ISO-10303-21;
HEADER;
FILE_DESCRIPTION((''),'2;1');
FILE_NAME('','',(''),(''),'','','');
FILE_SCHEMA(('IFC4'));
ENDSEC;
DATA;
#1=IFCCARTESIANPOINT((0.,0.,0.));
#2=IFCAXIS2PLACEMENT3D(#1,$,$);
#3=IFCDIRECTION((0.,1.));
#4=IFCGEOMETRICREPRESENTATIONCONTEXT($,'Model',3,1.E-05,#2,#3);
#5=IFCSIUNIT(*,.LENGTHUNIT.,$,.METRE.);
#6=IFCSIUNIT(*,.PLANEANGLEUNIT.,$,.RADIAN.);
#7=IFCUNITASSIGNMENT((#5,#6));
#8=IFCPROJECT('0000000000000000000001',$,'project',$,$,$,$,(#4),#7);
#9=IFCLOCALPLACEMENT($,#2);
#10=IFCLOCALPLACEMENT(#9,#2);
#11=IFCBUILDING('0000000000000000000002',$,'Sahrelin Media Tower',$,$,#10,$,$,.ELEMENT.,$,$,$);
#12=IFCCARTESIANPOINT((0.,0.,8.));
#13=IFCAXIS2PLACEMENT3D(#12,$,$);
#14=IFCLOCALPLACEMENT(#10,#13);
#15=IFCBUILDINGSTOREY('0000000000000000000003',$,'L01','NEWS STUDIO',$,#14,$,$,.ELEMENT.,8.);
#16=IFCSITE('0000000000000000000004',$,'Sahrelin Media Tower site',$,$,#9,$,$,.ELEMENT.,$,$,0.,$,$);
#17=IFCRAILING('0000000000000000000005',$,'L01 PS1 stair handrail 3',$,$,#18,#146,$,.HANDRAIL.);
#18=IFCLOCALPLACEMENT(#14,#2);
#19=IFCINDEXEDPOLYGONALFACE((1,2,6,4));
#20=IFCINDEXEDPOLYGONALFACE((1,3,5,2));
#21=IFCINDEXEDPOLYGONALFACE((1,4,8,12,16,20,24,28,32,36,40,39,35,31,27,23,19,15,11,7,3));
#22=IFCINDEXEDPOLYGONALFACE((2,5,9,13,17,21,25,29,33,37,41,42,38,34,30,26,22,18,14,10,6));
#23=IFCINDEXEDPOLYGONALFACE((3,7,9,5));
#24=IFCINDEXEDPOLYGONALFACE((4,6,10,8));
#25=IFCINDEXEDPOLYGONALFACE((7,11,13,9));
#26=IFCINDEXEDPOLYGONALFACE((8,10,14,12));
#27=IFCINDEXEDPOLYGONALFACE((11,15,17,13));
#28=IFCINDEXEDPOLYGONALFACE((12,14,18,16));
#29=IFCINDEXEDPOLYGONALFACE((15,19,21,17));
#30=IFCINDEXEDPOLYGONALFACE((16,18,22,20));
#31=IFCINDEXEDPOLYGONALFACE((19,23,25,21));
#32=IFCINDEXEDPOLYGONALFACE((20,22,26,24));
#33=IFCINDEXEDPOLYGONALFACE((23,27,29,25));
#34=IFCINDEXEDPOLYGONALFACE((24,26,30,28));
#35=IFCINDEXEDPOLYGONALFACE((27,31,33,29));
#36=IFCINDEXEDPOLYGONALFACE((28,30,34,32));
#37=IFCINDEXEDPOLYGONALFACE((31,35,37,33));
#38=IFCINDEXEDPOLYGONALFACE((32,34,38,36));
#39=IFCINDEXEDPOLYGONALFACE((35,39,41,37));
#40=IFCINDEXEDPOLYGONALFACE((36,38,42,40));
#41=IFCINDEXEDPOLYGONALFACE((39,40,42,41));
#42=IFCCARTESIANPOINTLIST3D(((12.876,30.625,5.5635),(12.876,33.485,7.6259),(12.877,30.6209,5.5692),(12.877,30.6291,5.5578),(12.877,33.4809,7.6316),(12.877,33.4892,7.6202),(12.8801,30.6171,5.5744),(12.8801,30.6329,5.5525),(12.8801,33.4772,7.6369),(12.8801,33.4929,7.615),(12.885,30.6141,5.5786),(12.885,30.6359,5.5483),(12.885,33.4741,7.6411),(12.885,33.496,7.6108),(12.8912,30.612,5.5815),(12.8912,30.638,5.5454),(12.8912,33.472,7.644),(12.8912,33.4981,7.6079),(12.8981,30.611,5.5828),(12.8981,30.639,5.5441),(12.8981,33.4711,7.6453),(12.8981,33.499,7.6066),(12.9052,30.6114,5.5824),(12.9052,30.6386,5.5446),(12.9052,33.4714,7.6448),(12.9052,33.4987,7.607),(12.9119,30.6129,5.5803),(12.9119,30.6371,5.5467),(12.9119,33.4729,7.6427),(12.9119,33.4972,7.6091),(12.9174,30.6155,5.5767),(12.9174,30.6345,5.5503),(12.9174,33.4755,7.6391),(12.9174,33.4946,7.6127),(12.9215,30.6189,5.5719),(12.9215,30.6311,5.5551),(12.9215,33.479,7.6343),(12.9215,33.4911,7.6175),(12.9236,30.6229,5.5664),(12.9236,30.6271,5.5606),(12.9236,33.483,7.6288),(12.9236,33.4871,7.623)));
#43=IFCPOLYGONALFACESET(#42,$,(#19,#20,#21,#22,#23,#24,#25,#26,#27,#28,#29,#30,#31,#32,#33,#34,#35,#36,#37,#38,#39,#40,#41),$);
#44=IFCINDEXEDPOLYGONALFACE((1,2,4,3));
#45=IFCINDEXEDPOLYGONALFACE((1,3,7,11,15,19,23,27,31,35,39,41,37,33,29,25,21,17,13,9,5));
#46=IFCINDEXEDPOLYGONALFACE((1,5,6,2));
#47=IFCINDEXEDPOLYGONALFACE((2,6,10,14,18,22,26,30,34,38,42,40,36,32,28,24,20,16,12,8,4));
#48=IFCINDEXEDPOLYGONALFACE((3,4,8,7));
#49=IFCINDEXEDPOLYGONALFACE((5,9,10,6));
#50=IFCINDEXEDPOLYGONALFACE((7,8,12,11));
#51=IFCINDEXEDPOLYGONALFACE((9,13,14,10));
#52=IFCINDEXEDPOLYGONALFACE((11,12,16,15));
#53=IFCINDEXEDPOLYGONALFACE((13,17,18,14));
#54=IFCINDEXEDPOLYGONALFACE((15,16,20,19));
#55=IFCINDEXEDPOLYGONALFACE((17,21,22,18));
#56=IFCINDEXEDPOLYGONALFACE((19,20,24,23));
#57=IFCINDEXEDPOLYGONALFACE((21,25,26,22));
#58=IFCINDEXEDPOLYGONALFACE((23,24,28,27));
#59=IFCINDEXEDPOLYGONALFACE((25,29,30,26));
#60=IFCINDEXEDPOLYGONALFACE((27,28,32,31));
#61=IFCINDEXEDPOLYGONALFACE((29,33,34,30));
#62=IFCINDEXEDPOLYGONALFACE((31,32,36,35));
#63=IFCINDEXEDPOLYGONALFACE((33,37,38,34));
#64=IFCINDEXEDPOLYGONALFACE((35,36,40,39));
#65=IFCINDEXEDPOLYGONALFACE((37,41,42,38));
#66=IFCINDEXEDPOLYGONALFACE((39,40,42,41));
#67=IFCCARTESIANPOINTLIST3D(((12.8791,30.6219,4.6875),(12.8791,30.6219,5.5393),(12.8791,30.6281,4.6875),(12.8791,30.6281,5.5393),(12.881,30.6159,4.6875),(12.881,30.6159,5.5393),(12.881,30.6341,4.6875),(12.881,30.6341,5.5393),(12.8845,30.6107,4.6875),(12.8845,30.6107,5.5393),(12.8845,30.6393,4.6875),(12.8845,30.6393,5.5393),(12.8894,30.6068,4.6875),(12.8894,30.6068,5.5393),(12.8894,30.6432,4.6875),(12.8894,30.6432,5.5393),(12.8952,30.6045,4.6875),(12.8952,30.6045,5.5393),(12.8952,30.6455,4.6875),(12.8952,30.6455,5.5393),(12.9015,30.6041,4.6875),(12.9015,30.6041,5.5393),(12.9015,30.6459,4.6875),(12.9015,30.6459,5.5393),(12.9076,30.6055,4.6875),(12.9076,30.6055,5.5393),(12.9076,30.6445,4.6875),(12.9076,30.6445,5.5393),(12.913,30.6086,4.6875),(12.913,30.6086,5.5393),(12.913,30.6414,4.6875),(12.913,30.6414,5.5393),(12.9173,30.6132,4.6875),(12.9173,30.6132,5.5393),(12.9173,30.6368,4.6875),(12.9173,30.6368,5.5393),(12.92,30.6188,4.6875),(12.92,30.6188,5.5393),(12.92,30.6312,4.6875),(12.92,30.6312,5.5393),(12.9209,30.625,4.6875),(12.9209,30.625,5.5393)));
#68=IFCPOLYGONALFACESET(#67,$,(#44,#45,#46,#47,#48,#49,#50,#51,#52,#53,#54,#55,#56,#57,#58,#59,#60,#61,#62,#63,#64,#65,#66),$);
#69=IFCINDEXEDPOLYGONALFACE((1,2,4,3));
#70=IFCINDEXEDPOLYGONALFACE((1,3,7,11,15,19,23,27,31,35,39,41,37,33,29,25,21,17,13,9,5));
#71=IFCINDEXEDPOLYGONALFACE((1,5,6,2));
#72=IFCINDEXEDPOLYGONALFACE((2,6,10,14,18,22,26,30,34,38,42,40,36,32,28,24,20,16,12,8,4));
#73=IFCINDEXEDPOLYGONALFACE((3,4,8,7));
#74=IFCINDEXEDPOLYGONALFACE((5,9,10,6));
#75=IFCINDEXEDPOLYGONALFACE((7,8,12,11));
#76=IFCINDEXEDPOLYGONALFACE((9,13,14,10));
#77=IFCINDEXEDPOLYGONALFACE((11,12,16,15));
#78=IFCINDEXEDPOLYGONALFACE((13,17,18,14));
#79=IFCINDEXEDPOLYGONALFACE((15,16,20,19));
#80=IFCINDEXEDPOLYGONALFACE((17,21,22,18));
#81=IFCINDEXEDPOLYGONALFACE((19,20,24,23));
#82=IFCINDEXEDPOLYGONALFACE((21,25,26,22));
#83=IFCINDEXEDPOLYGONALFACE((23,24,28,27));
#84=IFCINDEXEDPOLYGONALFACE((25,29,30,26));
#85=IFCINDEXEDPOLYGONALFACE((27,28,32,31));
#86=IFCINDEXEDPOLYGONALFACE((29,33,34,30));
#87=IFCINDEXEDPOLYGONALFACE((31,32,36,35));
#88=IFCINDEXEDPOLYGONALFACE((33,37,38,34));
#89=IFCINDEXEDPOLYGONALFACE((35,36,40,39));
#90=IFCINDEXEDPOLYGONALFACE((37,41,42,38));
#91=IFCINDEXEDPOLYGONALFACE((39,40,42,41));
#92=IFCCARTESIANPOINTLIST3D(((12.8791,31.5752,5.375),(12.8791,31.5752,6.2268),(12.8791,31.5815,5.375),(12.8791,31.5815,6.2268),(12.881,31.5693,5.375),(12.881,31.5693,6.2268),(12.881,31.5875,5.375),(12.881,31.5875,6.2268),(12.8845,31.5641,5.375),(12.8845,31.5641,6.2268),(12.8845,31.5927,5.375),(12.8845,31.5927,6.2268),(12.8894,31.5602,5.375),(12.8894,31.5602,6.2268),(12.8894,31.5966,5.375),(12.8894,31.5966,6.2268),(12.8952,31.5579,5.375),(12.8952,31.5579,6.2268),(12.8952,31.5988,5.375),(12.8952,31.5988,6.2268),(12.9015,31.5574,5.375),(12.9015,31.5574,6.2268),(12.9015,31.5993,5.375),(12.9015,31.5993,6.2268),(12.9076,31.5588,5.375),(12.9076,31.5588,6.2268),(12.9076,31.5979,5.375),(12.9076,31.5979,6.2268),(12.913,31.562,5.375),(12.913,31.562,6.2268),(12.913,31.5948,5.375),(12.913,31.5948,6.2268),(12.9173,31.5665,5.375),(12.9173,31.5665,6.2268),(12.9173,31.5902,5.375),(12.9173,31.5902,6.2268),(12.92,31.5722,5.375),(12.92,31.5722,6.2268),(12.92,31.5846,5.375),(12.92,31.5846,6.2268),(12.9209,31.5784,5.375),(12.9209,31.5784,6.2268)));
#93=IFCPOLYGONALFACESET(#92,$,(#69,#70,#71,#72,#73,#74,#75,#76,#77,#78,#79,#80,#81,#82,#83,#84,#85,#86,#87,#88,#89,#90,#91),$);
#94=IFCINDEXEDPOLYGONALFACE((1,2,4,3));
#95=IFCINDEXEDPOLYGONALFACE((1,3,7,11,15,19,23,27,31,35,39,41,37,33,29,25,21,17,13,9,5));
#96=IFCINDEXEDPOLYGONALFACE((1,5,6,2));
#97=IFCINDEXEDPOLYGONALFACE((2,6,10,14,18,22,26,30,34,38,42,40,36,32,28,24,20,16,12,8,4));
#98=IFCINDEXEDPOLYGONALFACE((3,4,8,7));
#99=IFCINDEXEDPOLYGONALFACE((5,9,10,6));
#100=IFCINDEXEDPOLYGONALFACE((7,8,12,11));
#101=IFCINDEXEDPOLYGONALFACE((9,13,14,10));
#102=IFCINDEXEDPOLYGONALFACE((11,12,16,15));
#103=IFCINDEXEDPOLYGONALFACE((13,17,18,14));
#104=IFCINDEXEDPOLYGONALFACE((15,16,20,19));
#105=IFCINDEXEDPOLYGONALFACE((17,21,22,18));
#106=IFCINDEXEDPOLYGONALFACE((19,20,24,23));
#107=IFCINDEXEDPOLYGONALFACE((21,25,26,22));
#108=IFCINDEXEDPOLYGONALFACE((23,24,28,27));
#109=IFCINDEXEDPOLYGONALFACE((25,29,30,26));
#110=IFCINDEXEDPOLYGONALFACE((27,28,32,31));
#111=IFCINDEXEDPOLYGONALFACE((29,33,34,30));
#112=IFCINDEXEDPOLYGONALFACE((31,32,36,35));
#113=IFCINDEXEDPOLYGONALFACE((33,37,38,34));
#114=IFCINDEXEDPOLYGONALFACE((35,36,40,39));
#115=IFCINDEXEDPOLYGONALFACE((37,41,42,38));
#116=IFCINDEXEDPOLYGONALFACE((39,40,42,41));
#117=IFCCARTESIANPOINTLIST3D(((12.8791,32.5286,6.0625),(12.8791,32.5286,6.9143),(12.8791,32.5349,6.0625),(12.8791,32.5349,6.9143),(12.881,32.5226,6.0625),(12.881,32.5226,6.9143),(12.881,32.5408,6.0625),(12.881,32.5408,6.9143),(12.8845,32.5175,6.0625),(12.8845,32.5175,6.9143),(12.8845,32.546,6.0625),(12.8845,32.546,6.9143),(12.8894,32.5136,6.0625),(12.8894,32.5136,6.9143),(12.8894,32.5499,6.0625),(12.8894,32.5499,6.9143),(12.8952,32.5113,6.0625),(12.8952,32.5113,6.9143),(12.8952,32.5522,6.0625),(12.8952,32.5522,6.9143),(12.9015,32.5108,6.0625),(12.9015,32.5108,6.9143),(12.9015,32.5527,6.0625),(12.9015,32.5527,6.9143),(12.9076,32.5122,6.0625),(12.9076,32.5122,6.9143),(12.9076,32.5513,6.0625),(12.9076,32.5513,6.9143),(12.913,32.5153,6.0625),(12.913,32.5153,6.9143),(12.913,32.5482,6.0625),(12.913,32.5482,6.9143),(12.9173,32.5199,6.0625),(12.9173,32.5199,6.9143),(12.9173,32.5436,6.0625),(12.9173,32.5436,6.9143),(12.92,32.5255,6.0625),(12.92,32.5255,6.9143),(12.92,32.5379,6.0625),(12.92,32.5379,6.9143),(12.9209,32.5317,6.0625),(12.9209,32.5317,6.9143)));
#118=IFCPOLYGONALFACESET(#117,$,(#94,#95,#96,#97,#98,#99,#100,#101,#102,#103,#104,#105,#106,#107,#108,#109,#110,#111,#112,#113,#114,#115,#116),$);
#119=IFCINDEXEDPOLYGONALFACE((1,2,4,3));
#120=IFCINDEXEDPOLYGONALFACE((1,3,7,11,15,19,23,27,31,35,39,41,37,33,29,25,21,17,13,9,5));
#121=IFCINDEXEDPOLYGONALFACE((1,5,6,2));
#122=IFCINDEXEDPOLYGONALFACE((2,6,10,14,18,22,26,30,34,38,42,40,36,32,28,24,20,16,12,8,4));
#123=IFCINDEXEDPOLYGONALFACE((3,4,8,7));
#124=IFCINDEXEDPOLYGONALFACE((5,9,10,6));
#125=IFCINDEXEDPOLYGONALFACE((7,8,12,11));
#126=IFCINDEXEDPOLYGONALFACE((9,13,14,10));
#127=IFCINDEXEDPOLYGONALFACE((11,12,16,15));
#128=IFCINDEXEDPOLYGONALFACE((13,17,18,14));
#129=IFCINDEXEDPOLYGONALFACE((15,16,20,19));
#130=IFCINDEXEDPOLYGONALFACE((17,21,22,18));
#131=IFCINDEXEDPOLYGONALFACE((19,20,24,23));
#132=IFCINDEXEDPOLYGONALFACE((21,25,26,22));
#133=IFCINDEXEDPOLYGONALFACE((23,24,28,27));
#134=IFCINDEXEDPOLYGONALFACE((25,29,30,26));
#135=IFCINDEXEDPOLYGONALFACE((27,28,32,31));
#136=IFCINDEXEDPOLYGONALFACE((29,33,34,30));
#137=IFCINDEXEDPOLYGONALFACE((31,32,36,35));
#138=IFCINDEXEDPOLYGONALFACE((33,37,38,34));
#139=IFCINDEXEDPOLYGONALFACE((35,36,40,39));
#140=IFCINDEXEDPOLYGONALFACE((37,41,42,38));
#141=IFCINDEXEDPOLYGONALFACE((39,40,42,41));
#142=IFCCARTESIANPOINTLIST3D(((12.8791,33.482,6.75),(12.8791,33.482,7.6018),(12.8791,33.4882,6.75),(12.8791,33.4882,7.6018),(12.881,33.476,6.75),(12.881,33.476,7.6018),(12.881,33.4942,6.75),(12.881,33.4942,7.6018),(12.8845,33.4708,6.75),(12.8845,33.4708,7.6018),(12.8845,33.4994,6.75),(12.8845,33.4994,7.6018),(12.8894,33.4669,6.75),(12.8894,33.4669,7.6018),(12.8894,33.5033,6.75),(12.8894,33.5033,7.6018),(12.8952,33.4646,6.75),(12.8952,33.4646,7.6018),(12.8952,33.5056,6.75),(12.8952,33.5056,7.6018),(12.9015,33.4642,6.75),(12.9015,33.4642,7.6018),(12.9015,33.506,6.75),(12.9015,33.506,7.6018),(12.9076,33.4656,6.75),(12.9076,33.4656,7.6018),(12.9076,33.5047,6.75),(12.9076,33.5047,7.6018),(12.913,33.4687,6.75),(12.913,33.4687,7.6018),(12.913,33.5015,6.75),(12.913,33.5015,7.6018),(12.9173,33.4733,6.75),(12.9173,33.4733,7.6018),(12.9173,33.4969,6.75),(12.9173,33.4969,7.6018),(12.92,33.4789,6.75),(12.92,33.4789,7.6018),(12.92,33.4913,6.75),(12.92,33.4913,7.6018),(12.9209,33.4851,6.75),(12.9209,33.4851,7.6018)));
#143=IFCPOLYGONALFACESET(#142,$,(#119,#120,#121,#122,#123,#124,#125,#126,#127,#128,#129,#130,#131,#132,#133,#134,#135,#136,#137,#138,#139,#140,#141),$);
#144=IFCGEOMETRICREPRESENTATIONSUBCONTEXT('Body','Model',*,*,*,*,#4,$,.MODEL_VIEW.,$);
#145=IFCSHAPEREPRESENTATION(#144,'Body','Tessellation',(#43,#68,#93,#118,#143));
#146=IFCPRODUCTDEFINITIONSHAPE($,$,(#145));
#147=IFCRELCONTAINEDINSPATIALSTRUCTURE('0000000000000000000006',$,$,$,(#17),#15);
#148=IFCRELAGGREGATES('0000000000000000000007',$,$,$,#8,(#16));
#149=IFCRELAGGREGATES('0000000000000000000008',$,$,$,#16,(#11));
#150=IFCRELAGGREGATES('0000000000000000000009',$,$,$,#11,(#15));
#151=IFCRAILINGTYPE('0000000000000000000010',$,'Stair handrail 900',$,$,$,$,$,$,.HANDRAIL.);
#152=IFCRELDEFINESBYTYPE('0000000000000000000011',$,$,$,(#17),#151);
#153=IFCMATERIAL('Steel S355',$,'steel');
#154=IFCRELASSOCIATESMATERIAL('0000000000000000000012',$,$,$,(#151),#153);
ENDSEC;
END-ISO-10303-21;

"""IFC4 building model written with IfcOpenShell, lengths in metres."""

from ifc_helpers import new_model, si_unit, direction, frame, origin, origin_2d, place, context, subcontext, project, spatial, circle, extrude, material, type_object, element, save


model = new_model("IFC4")

# Units and contexts
model_context = context("Model", 3, precision=1e-05, world=origin(), true_north=direction((0.0, 1.0)))
body_context = subcontext(model_context, "Body", "Model", "MODEL_VIEW")
ifc_project = project(units=[si_unit("LENGTHUNIT", "METRE"), si_unit("PLANEANGLEUNIT", "RADIAN")], contexts=[model_context])

# Site, building, storey
site_placement = place(None, origin())
site = spatial("IfcSite", under=ifc_project, at=site_placement, Name="Sahrelin Media Tower site", CompositionType="ELEMENT", RefElevation=0.0)
building_placement = place(site_placement, origin())
building = spatial("IfcBuilding", under=site, at=building_placement, Name="Sahrelin Media Tower", CompositionType="ELEMENT")
storey_placement = place(building_placement, frame((0.0, 0.0, 8.0)))
storey = spatial("IfcBuildingStorey", under=building, at=storey_placement, Name="L01", Description="NEWS STUDIO", CompositionType="ELEMENT", Elevation=8.0)

# Shared definitions
ifc_material_1 = material(Name="Steel S355", Category="steel")

# Railing
railing_type = type_object("IfcRailingType", Name="Stair handrail 900", PredefinedType="HANDRAIL", material=ifc_material_1)
railing_placement = place(storey_placement, frame((12.8999, 30.625, 4.6875)))
element("IfcRailing", 1, at=railing_placement, inside=storey, type_object=railing_type, Name="L01 PS1 stair handrail 3", PredefinedType="HANDRAIL", context=body_context, shape_type="SweptSolid", body=[
    extrude(circle(Radius=0.0239, at=origin_2d()), frame((0.0, 0.0, 0.876), z_axis=(0.0, 0.811101, 0.584906), x_axis=(-1.0, 0.0, 0.0)), (0.0, 0.0, 1.0), 3.5261),
    extrude(circle(Radius=0.021, at=origin_2d()), origin(), (0.0, 0.0, 1.0), 0.8518),
    extrude(circle(Radius=0.021, at=origin_2d()), frame((0.0, 0.9534, 0.6875)), (0.0, 0.0, 1.0), 0.8518),
    extrude(circle(Radius=0.021, at=origin_2d()), frame((0.0, 1.9067, 1.375)), (0.0, 0.0, 1.0), 0.8518),
    extrude(circle(Radius=0.021, at=origin_2d()), frame((0.0, 2.8601, 2.0625)), (0.0, 0.0, 1.0), 0.8518),
])

save(model, "model.ifc")
